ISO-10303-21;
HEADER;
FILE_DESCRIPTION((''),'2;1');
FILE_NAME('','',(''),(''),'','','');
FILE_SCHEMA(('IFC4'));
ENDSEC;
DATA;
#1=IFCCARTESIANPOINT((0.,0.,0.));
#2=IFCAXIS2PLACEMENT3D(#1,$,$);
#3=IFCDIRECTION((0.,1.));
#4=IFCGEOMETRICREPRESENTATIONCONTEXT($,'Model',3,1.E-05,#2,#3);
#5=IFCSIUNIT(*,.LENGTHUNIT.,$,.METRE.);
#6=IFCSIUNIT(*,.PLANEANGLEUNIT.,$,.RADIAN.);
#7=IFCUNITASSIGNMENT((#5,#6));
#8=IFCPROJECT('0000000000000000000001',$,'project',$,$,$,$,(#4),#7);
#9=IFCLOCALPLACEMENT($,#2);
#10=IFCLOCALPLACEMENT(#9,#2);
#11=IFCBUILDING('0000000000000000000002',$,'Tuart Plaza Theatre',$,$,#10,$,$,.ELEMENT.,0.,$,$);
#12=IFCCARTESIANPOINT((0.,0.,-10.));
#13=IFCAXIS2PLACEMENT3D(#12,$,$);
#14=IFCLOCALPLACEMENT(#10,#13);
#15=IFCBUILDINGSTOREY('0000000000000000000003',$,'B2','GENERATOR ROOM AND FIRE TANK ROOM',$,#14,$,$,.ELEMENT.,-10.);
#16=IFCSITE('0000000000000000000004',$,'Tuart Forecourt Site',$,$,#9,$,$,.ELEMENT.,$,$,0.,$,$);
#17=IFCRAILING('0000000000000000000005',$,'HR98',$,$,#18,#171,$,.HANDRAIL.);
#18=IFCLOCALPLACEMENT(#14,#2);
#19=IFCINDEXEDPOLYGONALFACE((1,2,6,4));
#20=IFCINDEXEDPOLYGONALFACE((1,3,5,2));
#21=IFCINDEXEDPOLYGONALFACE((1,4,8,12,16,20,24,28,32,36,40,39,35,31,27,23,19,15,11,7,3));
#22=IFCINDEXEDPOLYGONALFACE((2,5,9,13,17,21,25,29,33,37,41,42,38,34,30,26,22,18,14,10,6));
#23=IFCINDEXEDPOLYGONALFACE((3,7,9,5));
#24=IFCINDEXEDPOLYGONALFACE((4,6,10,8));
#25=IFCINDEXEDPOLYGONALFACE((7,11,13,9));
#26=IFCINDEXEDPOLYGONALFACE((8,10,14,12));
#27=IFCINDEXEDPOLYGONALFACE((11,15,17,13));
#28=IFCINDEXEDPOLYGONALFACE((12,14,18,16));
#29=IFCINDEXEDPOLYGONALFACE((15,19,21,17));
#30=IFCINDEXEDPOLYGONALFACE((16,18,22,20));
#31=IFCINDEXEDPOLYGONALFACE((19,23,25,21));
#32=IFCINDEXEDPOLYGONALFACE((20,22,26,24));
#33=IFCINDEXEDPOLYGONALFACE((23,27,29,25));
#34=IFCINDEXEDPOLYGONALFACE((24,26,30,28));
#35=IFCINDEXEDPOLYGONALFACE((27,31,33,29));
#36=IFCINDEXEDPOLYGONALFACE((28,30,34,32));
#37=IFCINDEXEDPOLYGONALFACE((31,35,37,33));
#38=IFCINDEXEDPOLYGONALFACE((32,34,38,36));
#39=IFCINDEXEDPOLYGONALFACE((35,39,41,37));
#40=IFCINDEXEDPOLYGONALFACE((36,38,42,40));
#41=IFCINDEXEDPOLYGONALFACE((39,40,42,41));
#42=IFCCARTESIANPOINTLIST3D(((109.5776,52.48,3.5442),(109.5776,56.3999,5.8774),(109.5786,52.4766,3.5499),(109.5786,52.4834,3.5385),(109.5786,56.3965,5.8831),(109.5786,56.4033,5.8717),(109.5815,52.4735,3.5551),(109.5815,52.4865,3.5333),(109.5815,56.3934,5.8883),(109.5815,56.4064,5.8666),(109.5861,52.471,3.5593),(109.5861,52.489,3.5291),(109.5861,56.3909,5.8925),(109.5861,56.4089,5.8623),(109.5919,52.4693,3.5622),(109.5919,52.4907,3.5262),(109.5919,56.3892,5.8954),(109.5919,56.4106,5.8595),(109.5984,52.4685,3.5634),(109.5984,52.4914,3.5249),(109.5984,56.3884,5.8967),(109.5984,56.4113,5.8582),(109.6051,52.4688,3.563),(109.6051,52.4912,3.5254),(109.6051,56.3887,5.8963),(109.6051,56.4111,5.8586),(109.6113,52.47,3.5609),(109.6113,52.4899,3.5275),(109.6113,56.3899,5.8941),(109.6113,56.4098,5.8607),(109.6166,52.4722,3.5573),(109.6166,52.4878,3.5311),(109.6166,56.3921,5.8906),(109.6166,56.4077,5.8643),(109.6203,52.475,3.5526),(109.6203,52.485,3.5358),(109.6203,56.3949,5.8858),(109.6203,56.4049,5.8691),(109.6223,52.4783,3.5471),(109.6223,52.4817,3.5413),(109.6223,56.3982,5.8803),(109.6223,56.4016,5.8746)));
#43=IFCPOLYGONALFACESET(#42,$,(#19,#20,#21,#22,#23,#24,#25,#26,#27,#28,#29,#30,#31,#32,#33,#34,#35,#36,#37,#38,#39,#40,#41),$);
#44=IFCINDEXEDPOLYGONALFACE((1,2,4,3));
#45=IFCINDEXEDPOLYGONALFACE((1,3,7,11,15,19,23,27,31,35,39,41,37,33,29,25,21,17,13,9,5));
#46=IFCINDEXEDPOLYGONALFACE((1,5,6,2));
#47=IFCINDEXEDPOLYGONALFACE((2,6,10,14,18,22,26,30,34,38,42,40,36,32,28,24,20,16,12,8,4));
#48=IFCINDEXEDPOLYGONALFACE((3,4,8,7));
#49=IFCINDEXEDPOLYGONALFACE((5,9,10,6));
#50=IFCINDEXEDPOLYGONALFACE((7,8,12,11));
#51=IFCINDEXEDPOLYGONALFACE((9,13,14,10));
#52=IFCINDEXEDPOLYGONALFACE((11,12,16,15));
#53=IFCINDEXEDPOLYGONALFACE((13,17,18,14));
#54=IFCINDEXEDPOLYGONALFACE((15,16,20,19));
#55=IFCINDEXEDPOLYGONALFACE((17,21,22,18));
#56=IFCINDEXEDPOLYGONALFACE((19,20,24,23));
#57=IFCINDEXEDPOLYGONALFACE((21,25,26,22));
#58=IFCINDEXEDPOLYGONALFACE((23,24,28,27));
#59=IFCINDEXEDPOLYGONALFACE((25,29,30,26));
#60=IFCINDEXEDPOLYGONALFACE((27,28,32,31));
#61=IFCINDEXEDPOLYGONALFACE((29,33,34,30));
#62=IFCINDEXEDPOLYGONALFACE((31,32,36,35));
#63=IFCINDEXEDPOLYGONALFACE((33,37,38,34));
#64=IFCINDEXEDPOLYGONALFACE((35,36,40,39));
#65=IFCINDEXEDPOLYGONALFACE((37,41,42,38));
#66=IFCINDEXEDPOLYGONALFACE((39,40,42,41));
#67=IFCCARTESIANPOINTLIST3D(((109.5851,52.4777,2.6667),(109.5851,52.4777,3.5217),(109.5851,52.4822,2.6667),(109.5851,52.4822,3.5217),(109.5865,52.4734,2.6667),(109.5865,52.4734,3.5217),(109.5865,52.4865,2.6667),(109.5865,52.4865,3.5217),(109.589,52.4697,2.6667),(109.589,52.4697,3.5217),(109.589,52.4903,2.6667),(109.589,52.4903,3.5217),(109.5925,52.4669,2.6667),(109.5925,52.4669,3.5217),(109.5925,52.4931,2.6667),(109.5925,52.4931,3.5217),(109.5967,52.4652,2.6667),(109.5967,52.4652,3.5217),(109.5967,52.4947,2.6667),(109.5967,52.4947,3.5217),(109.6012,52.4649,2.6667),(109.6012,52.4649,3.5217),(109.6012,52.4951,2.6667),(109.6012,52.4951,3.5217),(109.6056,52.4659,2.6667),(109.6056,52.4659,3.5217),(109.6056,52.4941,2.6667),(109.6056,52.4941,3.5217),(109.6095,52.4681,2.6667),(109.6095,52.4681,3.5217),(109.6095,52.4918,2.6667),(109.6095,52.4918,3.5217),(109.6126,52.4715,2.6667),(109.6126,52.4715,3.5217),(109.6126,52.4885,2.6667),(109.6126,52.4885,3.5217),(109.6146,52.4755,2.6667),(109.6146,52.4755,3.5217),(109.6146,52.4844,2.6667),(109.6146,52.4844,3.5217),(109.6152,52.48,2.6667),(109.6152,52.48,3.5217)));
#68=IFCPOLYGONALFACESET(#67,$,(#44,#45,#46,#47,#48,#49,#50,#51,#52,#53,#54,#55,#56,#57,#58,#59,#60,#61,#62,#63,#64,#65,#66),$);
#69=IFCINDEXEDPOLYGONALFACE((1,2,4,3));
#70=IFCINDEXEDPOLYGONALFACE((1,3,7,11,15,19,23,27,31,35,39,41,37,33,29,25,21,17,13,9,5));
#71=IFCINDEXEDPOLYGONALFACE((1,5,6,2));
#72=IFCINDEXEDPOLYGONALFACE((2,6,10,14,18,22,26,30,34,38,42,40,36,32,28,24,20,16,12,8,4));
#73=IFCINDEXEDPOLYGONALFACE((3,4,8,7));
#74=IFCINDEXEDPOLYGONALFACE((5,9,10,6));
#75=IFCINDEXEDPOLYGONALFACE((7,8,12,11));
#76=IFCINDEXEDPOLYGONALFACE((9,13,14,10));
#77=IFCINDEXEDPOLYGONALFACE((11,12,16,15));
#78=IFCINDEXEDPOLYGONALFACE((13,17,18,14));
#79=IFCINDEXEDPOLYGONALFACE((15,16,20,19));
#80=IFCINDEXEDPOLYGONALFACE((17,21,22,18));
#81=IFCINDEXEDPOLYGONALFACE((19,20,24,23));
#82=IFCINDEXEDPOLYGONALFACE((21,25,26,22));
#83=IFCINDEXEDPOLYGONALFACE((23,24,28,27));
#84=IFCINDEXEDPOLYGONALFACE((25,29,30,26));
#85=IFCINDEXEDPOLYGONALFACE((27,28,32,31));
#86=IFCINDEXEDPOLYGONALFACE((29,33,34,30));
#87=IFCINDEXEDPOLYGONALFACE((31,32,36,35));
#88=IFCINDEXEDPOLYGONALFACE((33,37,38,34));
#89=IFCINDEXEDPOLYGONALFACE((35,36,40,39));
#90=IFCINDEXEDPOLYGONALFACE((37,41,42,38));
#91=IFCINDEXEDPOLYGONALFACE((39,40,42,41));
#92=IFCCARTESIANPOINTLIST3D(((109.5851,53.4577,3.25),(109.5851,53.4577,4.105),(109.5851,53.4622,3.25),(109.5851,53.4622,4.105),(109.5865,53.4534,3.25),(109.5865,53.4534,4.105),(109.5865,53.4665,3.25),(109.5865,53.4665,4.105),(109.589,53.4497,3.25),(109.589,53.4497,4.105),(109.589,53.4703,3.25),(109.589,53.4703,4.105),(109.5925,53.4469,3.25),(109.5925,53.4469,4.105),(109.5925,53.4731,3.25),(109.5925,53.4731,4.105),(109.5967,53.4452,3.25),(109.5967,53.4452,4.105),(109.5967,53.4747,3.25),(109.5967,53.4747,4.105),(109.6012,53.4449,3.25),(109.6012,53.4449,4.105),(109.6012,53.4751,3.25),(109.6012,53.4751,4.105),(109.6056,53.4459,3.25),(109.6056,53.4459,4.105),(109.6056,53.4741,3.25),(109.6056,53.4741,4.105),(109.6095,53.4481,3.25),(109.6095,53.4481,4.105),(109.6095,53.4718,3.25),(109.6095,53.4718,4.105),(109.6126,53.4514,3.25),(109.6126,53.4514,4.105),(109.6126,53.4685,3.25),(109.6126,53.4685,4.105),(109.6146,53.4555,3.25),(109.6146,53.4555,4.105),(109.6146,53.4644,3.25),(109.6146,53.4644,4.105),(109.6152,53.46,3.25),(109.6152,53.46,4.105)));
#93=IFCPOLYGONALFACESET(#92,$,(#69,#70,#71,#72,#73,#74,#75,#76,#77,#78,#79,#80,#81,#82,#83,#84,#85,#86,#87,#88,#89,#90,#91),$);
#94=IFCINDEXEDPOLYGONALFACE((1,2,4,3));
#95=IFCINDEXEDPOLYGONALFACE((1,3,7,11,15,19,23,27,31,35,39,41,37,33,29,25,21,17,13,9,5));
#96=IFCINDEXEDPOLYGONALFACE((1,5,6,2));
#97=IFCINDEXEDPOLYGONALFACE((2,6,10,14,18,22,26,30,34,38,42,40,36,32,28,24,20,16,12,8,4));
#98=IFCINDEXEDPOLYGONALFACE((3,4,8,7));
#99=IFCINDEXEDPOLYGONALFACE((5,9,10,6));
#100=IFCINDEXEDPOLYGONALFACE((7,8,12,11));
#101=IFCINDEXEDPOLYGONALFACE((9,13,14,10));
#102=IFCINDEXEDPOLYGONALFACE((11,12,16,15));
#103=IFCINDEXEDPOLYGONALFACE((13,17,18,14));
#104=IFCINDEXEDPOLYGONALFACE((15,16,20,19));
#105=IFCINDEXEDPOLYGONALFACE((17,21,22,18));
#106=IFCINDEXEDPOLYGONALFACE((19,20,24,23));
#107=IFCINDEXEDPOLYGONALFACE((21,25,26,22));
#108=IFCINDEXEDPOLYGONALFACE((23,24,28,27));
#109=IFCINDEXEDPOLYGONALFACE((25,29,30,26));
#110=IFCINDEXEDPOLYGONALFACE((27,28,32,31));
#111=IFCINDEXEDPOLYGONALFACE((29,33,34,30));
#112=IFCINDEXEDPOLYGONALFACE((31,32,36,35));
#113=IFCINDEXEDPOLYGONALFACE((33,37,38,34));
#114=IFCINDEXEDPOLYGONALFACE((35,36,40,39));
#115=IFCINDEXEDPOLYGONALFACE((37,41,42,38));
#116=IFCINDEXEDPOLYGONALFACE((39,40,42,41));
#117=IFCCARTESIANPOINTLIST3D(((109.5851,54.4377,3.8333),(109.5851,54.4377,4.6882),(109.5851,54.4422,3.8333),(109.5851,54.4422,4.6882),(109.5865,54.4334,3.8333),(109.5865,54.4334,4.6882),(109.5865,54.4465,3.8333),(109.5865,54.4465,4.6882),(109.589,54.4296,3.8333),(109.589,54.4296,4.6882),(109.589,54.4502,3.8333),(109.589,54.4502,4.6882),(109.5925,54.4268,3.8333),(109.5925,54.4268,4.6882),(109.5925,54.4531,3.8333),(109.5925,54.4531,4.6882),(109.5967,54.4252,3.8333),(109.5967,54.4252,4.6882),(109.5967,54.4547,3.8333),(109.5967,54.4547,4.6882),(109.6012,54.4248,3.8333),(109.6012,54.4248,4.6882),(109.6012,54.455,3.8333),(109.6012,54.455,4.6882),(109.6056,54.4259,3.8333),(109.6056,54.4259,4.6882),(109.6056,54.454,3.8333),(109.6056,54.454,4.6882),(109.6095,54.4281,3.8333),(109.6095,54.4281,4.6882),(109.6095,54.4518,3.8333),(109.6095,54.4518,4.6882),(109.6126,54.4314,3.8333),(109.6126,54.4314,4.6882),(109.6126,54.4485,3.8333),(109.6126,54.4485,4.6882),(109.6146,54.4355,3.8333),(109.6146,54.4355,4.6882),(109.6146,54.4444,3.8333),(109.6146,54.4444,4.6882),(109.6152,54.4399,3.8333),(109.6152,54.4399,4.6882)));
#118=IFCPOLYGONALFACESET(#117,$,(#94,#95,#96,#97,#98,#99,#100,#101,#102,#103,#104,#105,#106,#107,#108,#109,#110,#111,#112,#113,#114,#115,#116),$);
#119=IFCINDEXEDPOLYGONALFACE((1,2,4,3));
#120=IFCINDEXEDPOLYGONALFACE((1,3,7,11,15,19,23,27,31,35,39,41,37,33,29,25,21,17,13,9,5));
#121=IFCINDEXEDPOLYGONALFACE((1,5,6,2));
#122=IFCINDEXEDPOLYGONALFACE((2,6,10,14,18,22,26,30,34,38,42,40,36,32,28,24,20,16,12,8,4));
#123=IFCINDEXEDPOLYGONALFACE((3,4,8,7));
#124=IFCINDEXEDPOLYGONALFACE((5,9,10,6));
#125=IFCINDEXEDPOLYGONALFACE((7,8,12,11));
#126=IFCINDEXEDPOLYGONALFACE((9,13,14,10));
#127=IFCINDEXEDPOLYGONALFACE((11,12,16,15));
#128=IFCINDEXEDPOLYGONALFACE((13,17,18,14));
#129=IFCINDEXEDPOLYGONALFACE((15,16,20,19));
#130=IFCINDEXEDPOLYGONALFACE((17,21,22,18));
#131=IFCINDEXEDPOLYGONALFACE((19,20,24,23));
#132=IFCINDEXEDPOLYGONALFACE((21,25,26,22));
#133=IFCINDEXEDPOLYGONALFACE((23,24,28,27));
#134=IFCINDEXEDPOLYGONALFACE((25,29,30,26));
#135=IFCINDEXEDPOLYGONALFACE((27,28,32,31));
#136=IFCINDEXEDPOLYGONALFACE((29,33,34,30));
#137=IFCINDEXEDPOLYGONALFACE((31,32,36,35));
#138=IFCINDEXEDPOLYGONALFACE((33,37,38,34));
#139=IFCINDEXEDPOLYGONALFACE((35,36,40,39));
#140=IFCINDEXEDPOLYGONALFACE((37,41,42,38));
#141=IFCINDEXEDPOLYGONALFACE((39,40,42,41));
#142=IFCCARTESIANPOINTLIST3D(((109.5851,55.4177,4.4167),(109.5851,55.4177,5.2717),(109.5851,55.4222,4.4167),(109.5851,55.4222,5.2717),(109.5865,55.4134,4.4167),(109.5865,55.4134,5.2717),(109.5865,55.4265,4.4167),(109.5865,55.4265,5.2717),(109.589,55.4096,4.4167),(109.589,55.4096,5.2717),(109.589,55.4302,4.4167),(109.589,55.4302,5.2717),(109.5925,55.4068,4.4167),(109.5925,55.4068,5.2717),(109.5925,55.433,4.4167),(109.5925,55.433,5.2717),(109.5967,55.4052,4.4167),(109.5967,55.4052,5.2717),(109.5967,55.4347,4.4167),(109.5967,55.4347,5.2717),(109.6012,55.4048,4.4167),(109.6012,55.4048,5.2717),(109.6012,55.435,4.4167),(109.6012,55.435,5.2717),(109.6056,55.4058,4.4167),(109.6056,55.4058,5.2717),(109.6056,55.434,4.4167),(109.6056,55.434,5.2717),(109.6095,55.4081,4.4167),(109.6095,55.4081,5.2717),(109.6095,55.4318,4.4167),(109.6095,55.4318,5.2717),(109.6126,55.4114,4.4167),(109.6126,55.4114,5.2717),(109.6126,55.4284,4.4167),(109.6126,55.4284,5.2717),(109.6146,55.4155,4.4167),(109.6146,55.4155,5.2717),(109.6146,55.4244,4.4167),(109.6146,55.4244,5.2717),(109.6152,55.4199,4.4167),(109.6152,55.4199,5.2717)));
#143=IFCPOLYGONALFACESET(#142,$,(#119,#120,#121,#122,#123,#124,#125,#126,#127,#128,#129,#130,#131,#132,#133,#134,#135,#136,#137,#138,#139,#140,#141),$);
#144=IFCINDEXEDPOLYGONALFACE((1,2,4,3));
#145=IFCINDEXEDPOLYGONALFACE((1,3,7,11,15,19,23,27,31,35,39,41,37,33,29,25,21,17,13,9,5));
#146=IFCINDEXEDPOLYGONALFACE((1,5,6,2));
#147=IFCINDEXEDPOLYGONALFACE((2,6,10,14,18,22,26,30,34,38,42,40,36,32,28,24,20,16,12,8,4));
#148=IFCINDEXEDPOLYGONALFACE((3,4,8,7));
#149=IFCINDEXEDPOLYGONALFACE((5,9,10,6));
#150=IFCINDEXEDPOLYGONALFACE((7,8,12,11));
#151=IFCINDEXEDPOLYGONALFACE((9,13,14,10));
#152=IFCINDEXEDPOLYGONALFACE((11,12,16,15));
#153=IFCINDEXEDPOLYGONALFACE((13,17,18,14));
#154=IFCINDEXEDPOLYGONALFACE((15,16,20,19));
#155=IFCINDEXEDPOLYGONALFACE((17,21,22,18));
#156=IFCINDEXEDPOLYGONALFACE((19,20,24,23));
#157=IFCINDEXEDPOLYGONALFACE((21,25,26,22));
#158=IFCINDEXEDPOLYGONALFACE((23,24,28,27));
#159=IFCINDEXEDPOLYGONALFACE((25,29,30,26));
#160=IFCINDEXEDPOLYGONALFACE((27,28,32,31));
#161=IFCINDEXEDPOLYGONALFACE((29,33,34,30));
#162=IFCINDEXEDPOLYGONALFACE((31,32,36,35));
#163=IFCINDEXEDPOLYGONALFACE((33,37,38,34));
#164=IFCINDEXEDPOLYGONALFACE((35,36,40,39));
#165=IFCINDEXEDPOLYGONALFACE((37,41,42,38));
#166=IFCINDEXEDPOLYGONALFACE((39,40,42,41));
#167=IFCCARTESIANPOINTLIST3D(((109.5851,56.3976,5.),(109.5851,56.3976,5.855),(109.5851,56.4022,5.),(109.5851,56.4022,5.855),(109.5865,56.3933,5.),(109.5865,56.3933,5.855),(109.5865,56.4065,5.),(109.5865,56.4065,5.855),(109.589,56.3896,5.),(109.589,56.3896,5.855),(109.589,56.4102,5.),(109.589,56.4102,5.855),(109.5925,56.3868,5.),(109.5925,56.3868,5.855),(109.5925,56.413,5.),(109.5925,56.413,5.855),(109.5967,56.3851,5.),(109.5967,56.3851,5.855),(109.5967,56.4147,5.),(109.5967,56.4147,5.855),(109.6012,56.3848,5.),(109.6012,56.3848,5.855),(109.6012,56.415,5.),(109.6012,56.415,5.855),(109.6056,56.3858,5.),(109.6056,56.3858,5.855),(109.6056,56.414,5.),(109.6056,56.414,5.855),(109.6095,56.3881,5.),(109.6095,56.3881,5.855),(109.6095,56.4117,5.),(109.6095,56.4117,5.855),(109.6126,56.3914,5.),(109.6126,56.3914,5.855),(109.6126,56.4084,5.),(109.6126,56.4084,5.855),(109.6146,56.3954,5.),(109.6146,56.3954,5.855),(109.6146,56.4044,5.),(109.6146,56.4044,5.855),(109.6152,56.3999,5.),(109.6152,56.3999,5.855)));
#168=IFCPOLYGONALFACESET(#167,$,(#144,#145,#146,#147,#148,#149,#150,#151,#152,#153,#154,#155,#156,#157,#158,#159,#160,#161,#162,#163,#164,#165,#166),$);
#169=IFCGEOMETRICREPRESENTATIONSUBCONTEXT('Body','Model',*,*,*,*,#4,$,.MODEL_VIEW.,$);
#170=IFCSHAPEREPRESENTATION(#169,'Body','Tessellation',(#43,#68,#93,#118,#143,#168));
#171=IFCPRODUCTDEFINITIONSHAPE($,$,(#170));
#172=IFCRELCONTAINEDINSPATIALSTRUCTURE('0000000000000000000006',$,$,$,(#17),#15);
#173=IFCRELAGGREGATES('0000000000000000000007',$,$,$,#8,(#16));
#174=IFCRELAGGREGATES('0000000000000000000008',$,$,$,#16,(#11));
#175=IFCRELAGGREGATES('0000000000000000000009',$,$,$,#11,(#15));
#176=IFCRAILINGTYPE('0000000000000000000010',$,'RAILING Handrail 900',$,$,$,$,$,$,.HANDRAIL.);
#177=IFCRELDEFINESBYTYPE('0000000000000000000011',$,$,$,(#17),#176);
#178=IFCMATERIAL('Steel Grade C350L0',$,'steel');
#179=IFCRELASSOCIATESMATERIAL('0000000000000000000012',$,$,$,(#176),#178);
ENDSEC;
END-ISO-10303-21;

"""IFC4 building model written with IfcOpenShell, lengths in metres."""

from ifc_helpers import new_model, si_unit, direction, frame, origin, origin_2d, place, context, subcontext, project, spatial, circle, extrude, material, type_object, element, save


model = new_model("IFC4")

# Units and contexts
model_context = context("Model", 3, precision=1e-05, world=origin(), true_north=direction((0.0, 1.0)))
body_context = subcontext(model_context, "Body", "Model", "MODEL_VIEW")
ifc_project = project(units=[si_unit("LENGTHUNIT", "METRE"), si_unit("PLANEANGLEUNIT", "RADIAN")], contexts=[model_context])

# Site, building, storey
site_placement = place(None, origin())
site = spatial("IfcSite", under=ifc_project, at=site_placement, Name="Tuart Forecourt Site", CompositionType="ELEMENT", RefElevation=0.0)
building_placement = place(site_placement, origin())
building = spatial("IfcBuilding", under=site, at=building_placement, Name="Tuart Plaza Theatre", CompositionType="ELEMENT", ElevationOfRefHeight=0.0)
storey_placement = place(building_placement, frame((0.0, 0.0, -10.0)))
storey = spatial("IfcBuildingStorey", under=building, at=storey_placement, Name="B2", Description="GENERATOR ROOM AND FIRE TANK ROOM", CompositionType="ELEMENT", Elevation=-10.0)

# Railing
ifc_material_1 = material(Name="Steel Grade C350L0", Category="steel")
railing_type = type_object("IfcRailingType", Name="RAILING Handrail 900", PredefinedType="HANDRAIL", material=ifc_material_1)
railing_1_placement = place(storey_placement, frame((109.6001, 52.48, 2.6667)))
element("IfcRailing", 1, at=railing_1_placement, inside=storey, type_object=railing_type, Name="HR98", PredefinedType="HANDRAIL", context=body_context, shape_type="SweptSolid", body=[
    extrude(circle(Radius=0.0225, at=origin_2d()), frame((0.0, 0.0, 0.8774), z_axis=(0.0, 0.859296, 0.511478), x_axis=(-1.0, 0.0, 0.0)), (0.0, 0.0, 1.0), 4.5618),
    extrude(circle(Radius=0.0151, at=origin_2d()), origin(), (0.0, 0.0, 1.0), 0.855),
    extrude(circle(Radius=0.0151, at=origin_2d()), frame((0.0, 0.98, 0.5833)), (0.0, 0.0, 1.0), 0.855),
    extrude(circle(Radius=0.0151, at=origin_2d()), frame((0.0, 1.96, 1.1665)), (0.0, 0.0, 1.0), 0.855),
    extrude(circle(Radius=0.0151, at=origin_2d()), frame((0.0, 2.9399, 1.75)), (0.0, 0.0, 1.0), 0.855),
    extrude(circle(Radius=0.0151, at=origin_2d()), frame((0.0, 3.9199, 2.3333)), (0.0, 0.0, 1.0), 0.855),
])

save(model, "model.ifc")
